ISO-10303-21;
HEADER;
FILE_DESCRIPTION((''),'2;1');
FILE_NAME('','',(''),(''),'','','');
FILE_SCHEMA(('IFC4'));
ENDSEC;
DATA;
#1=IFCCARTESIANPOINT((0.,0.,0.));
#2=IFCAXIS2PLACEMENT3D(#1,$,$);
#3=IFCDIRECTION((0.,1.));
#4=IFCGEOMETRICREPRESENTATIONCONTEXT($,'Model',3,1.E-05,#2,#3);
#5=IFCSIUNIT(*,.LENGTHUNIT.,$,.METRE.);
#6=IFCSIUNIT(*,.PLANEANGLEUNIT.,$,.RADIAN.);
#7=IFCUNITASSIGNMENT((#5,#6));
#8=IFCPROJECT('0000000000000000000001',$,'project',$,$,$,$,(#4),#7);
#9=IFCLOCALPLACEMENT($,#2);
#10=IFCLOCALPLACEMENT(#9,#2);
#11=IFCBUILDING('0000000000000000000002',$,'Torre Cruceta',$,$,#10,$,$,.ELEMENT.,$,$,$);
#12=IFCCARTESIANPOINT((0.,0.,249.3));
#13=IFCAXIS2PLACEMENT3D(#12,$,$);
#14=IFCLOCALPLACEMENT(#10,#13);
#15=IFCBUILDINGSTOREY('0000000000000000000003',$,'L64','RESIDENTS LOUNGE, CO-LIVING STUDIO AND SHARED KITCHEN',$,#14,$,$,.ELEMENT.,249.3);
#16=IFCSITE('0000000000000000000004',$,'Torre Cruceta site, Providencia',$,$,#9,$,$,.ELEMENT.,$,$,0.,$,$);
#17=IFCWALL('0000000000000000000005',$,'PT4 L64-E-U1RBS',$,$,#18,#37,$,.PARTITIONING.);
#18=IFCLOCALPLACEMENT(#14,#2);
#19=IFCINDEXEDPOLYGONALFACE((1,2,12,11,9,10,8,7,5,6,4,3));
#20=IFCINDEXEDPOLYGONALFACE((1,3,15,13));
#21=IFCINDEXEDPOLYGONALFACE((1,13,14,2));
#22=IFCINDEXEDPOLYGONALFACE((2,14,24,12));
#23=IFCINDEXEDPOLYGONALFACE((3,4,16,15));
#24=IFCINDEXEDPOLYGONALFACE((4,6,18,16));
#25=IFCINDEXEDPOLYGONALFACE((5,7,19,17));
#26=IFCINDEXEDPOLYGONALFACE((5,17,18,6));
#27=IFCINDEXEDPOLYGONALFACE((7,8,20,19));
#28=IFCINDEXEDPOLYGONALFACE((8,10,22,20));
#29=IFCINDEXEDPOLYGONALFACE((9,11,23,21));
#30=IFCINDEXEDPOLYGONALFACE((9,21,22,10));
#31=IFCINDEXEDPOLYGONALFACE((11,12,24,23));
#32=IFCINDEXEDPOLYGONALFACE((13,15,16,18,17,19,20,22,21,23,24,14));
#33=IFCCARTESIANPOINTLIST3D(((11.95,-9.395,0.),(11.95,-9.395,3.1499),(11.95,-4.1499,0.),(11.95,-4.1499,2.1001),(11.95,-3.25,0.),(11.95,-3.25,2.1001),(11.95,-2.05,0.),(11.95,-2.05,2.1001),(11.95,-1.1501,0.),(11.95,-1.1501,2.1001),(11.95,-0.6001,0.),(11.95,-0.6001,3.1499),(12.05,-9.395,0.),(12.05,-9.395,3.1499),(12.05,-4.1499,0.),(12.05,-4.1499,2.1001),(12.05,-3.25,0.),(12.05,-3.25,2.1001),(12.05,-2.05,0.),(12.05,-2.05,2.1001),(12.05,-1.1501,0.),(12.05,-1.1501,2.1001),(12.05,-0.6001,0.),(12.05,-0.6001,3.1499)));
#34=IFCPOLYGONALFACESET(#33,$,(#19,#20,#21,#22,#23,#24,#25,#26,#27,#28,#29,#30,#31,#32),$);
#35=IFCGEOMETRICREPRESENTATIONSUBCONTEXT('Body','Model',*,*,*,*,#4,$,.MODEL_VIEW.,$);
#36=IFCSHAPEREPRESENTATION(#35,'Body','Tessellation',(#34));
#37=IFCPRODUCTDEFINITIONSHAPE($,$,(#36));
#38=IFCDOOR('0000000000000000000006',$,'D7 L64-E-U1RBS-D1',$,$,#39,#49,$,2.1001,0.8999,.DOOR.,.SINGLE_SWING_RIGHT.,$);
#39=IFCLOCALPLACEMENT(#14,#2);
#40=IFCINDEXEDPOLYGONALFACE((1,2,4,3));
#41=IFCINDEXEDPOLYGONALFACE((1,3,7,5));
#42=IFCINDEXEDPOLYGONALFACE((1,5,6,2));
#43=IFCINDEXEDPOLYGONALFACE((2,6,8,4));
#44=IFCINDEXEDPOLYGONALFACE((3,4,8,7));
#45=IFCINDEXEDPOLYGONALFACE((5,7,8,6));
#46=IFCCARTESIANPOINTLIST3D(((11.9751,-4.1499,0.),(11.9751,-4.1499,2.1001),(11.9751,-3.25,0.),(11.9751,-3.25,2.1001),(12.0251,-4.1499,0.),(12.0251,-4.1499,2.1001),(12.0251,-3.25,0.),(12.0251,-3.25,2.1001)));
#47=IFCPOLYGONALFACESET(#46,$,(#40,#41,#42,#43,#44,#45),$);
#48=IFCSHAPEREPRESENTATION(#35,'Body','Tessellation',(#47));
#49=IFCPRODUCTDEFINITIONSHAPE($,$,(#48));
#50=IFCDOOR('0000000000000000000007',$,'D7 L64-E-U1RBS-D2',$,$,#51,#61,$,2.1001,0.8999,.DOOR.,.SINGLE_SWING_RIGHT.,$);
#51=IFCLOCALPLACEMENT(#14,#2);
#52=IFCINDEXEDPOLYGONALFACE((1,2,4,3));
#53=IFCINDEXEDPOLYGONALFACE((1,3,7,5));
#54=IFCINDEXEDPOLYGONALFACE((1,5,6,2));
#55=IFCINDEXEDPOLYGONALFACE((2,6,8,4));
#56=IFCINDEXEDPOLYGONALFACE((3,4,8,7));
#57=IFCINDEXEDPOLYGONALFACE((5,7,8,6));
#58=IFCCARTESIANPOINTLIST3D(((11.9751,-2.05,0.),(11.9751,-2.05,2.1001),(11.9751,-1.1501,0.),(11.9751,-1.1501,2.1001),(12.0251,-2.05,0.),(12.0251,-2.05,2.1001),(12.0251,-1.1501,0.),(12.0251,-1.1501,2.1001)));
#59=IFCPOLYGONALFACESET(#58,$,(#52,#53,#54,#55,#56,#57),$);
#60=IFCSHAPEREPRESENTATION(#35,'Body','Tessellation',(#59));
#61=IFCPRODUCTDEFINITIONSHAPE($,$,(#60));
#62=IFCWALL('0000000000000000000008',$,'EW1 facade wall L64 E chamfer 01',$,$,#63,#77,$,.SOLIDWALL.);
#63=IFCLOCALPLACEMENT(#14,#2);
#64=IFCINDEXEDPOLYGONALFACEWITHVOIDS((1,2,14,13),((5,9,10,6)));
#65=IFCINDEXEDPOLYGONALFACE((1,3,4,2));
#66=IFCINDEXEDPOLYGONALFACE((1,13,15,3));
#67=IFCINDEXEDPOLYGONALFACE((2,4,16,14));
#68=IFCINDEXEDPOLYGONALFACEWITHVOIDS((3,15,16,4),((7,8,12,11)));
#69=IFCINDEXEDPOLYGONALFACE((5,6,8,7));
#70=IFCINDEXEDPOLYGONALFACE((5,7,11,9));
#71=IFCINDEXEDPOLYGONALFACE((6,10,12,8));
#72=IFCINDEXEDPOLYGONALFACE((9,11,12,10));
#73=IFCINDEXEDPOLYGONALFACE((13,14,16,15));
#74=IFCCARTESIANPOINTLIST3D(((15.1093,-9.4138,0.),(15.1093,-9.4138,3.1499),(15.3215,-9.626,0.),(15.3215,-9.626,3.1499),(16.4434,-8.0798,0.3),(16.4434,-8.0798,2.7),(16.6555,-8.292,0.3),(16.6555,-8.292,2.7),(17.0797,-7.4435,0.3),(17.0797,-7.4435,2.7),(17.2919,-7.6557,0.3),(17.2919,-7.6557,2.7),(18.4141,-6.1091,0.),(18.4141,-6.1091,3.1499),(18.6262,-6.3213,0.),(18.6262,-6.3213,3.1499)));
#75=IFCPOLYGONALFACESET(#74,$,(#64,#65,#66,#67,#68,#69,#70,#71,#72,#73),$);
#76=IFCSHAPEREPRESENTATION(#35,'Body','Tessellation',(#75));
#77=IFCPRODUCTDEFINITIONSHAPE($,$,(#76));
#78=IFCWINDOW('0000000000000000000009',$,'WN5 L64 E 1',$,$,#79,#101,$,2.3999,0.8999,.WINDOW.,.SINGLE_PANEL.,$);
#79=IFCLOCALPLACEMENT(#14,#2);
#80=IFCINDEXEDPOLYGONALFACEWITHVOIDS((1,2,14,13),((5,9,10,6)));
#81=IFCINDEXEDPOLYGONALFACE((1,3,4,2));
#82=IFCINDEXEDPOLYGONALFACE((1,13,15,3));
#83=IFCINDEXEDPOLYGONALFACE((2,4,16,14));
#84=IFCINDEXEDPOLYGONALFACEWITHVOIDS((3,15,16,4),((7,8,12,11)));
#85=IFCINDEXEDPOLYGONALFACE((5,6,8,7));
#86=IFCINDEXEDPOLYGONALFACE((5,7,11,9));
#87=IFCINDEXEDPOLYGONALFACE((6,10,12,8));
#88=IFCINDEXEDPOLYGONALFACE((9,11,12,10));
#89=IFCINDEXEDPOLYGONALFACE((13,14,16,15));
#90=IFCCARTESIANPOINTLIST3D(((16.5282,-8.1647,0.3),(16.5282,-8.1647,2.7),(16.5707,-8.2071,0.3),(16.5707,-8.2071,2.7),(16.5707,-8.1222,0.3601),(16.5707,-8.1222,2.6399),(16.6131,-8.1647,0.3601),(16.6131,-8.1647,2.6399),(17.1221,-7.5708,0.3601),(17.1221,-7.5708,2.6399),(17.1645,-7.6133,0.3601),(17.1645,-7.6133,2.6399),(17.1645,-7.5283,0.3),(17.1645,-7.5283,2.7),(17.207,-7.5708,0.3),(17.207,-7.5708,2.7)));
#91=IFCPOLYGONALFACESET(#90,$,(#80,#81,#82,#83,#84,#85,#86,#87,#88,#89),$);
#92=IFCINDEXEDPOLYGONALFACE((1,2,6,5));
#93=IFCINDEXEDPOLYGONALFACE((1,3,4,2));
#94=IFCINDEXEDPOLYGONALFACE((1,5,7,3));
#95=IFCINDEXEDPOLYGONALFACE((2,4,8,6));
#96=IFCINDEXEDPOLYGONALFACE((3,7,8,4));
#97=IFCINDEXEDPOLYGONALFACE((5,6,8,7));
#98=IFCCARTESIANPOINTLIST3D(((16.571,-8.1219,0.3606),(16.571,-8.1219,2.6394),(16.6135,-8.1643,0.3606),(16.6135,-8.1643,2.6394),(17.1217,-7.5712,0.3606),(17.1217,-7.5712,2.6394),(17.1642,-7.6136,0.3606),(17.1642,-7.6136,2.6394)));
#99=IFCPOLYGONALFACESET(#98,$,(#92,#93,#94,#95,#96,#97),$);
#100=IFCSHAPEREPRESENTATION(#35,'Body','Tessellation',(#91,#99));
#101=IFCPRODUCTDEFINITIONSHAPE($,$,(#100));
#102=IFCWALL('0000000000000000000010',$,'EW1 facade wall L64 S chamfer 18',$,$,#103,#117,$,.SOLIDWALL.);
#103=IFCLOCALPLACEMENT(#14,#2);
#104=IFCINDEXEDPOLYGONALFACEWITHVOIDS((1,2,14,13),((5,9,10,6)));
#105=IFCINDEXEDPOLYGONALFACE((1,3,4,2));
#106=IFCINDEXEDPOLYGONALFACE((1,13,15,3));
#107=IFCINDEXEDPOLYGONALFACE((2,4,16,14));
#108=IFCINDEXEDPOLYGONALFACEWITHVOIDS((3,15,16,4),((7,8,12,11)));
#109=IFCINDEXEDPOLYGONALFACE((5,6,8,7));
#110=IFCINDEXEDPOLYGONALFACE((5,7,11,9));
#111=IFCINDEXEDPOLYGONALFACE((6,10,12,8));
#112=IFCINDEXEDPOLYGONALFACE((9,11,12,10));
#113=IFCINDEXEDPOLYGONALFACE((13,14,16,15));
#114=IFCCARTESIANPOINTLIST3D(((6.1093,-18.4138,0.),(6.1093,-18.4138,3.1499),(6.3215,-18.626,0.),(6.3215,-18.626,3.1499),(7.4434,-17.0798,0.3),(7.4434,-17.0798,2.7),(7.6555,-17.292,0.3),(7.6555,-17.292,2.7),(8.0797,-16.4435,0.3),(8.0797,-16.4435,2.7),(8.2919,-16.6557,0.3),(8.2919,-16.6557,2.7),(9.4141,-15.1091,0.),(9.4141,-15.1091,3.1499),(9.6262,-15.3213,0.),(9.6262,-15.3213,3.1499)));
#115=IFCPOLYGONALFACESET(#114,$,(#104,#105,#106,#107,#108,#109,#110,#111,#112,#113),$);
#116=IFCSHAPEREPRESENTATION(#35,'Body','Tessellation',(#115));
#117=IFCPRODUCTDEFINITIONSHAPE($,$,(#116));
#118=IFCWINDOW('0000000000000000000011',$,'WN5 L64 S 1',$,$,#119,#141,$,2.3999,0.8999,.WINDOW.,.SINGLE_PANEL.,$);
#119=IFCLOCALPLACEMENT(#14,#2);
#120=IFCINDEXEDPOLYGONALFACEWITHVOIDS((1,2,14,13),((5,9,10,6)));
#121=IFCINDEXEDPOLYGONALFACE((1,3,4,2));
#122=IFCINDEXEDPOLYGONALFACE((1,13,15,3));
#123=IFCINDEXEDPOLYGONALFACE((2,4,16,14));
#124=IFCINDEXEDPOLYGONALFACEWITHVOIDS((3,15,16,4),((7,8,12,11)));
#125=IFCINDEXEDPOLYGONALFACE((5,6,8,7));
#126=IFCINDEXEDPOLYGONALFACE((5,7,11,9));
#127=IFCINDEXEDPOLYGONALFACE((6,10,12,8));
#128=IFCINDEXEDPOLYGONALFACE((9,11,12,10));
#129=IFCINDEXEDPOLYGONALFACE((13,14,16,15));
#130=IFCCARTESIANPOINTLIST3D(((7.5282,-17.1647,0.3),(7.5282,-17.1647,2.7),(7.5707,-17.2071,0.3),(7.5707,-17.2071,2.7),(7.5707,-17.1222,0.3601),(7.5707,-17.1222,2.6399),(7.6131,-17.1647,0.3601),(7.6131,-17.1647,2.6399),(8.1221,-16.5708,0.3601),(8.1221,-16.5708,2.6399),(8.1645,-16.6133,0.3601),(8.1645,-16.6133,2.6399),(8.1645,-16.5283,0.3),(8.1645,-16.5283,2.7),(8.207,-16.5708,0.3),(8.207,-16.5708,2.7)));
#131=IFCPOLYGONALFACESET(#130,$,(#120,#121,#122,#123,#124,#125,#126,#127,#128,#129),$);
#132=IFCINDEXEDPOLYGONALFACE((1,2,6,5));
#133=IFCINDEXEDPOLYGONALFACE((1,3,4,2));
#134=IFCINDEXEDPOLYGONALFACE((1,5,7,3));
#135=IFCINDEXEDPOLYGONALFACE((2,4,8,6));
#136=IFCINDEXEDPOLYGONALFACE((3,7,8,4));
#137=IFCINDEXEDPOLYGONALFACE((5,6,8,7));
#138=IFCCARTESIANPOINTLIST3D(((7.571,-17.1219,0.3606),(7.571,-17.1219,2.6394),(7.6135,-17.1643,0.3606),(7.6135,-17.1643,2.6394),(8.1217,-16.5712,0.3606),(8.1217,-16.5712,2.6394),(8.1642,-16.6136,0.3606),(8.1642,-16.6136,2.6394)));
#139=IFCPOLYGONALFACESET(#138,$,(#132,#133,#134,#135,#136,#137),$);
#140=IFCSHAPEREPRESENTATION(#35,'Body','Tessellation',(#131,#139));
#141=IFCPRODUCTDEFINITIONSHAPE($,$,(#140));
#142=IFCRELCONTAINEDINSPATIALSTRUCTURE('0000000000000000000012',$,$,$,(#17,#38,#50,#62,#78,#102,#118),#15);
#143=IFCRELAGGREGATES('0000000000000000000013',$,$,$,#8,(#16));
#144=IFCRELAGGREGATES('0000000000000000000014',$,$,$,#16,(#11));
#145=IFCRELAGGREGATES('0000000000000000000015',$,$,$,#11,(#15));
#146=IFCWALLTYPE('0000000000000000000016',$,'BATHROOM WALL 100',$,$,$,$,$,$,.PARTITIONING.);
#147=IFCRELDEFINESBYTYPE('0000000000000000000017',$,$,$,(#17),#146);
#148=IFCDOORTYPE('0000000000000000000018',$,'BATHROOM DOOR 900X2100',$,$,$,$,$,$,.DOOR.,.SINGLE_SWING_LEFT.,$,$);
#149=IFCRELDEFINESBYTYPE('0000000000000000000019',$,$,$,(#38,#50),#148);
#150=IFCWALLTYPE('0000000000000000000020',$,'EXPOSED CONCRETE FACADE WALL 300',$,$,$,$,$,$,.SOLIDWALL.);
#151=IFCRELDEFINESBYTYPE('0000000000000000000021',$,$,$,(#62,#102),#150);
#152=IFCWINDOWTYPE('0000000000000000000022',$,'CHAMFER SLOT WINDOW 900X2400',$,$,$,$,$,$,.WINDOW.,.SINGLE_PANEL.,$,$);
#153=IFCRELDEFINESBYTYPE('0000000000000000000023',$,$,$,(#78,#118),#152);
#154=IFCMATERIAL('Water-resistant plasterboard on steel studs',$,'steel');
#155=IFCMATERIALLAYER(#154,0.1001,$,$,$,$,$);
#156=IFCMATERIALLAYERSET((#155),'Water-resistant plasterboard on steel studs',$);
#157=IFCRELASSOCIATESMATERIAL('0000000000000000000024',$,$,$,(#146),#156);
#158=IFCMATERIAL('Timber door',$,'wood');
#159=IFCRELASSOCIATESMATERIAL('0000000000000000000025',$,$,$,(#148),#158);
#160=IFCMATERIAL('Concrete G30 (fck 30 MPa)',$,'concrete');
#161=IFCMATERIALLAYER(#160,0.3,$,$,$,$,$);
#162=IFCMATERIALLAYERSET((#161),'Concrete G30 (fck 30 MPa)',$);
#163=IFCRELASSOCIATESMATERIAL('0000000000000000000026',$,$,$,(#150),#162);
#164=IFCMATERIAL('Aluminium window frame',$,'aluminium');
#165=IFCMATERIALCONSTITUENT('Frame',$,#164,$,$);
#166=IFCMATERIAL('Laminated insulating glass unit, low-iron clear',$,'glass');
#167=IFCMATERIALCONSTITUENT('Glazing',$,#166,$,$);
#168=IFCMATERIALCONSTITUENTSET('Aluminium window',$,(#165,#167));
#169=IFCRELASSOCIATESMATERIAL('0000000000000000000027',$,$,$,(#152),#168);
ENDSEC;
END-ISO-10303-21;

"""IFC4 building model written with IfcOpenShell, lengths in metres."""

from ifc_helpers import new_model, si_unit, direction, frame, frame_2d, origin, place, context, subcontext, project, spatial, rectangle, hollow_rectangle, extrude, material, layer, layer_set, constituent, constituent_set, type_object, element, fill, save


model = new_model("IFC4")

# Units and contexts
model_context = context("Model", 3, precision=1e-05, world=origin(), true_north=direction((0.0, 1.0)))
body_context = subcontext(model_context, "Body", "Model", "MODEL_VIEW")
ifc_project = project(units=[si_unit("LENGTHUNIT", "METRE"), si_unit("PLANEANGLEUNIT", "RADIAN")], contexts=[model_context])

# Site, building, storey
site_placement = place(None, origin())
site = spatial("IfcSite", under=ifc_project, at=site_placement, Name="Torre Cruceta site, Providencia", CompositionType="ELEMENT", RefElevation=0.0)
building_placement = place(site_placement, origin())
building = spatial("IfcBuilding", under=site, at=building_placement, Name="Torre Cruceta", CompositionType="ELEMENT")
storey_placement = place(building_placement, frame((0.0, 0.0, 249.3)))
storey = spatial("IfcBuildingStorey", under=building, at=storey_placement, Name="L64", Description="RESIDENTS LOUNGE, CO-LIVING STUDIO AND SHARED KITCHEN", CompositionType="ELEMENT", Elevation=249.3)

# Wall, openings, doors
ifc_material_1 = material(Name="Water-resistant plasterboard on steel studs", Category="steel")
ifc_layer_1 = layer(ifc_material_1, 0.1001)
ifc_layer_set_1 = layer_set([ifc_layer_1], Name="Water-resistant plasterboard on steel studs")
wall_type_1 = type_object("IfcWallType", Name="BATHROOM WALL 100", PredefinedType="PARTITIONING", material=ifc_layer_set_1)
wall_1_placement = place(storey_placement, frame((12.0, -9.395, 0.0), z_axis=(0.0, 0.0, 1.0), x_axis=(0.0, 1.0, 0.0)))
wall_1 = element("IfcWall", 1, at=wall_1_placement, inside=storey, type_object=wall_type_1, Name="PT4 L64-E-U1RBS", PredefinedType="PARTITIONING", context=body_context, shape_type="SweptSolid", body=[
    extrude(rectangle(XDim=8.7949, YDim=0.1001, at=frame_2d((4.3975, 0.0))), origin(), (0.0, 0.0, 1.0), 3.1499),
])
opening_1_placement = place(wall_1_placement, frame((5.2451, 0.0, 0.0)))
opening_1 = element("IfcOpeningElement", 2, at=opening_1_placement, cuts=wall_1, PredefinedType="OPENING", context=body_context, shape_type="SweptSolid", body=[
    extrude(rectangle(XDim=0.8999, YDim=2.1001, at=frame_2d((0.45, 1.05))), frame((0.0, 0.0601, 0.0), z_axis=(0.0, -1.0, 0.0), x_axis=(1.0, 0.0, 0.0)), (0.0, 0.0, 1.0), 0.1201),
])
opening_2_placement = place(wall_1_placement, frame((7.345, 0.0, 0.0)))
opening_2 = element("IfcOpeningElement", 3, at=opening_2_placement, cuts=wall_1, PredefinedType="OPENING", context=body_context, shape_type="SweptSolid", body=[
    extrude(rectangle(XDim=0.8999, YDim=2.1001, at=frame_2d((0.45, 1.05))), frame((0.0, 0.0601, 0.0), z_axis=(0.0, -1.0, 0.0), x_axis=(1.0, 0.0, 0.0)), (0.0, 0.0, 1.0), 0.1201),
])
ifc_material_2 = material(Name="Timber door", Category="wood")
door_type_1 = type_object("IfcDoorType", Name="BATHROOM DOOR 900X2100", OperationType="SINGLE_SWING_LEFT", PredefinedType="DOOR", material=ifc_material_2)
door_1_placement = place(opening_1_placement, origin())
door_1 = element("IfcDoor", 4, at=door_1_placement, inside=storey, type_object=door_type_1, Name="D7 L64-E-U1RBS-D1", OperationType="SINGLE_SWING_RIGHT", OverallHeight=2.1001, OverallWidth=0.8999, PredefinedType="DOOR", context=body_context, shape_type="SweptSolid", body=[
    extrude(rectangle(XDim=0.8999, YDim=2.1001, at=frame_2d((0.45, 1.05))), frame((0.0, 0.0249, 0.0), z_axis=(0.0, -1.0, 0.0), x_axis=(1.0, 0.0, 0.0)), (0.0, 0.0, 1.0), 0.05),
])
fill(opening_1, door_1)
door_2_placement = place(opening_2_placement, origin())
door_2 = element("IfcDoor", 5, at=door_2_placement, inside=storey, type_object=door_type_1, Name="D7 L64-E-U1RBS-D2", OperationType="SINGLE_SWING_RIGHT", OverallHeight=2.1001, OverallWidth=0.8999, PredefinedType="DOOR", context=body_context, shape_type="SweptSolid", body=[
    extrude(rectangle(XDim=0.8999, YDim=2.1001, at=frame_2d((0.45, 1.05))), frame((0.0, 0.0249, 0.0), z_axis=(0.0, -1.0, 0.0), x_axis=(1.0, 0.0, 0.0)), (0.0, 0.0, 1.0), 0.05),
])
fill(opening_2, door_2)

# Walls, openings, windows
ifc_material_3 = material(Name="Concrete G30 (fck 30 MPa)", Category="concrete")
ifc_layer_2 = layer(ifc_material_3, 0.3)
ifc_layer_set_2 = layer_set([ifc_layer_2], Name="Concrete G30 (fck 30 MPa)")
wall_type_2 = type_object("IfcWallType", Name="EXPOSED CONCRETE FACADE WALL 300", PredefinedType="SOLIDWALL", material=ifc_layer_set_2)
wall_2_placement = place(storey_placement, frame((15.2153, -9.52, 0.0), z_axis=(0.0, 0.0, 1.0), x_axis=(0.707107, 0.707107, 0.0)))
wall_2 = element("IfcWall", 6, at=wall_2_placement, inside=storey, type_object=wall_type_2, Name="EW1 facade wall L64 E chamfer 01", PredefinedType="SOLIDWALL", context=body_context, shape_type="SweptSolid", body=[
    extrude(rectangle(XDim=4.6736, YDim=0.3, at=frame_2d((2.3369, 0.0))), origin(), (0.0, 0.0, 1.0), 3.1499),
])
opening_3_placement = place(wall_2_placement, frame((1.8867, 0.0, 0.3)))
opening_3 = element("IfcOpeningElement", 7, at=opening_3_placement, cuts=wall_2, PredefinedType="OPENING", context=body_context, shape_type="SweptSolid", body=[
    extrude(rectangle(XDim=0.8999, YDim=2.3999, at=frame_2d((0.45, 1.2))), frame((0.0, 0.1599, 0.0), z_axis=(0.0, -1.0, 0.0), x_axis=(1.0, 0.0, 0.0)), (0.0, 0.0, 1.0), 0.3201),
])
ifc_material_4 = material(Name="Aluminium window frame", Category="aluminium")
ifc_constituent_1 = constituent(ifc_material_4, Name="Frame")
ifc_material_5 = material(Name="Laminated insulating glass unit, low-iron clear", Category="glass")
ifc_constituent_2 = constituent(ifc_material_5, Name="Glazing")
ifc_constituent_set_1 = constituent_set(constituents=[ifc_constituent_1, ifc_constituent_2], Name="Aluminium window")
window_type = type_object("IfcWindowType", Name="CHAMFER SLOT WINDOW 900X2400", PartitioningType="SINGLE_PANEL", PredefinedType="WINDOW", material=ifc_constituent_set_1)
window_1_placement = place(opening_3_placement, origin())
window_1 = element("IfcWindow", 8, at=window_1_placement, inside=storey, type_object=window_type, Name="WN5 L64 E 1", OverallHeight=2.3999, OverallWidth=0.8999, PartitioningType="SINGLE_PANEL", PredefinedType="WINDOW", context=body_context, shape_type="SweptSolid", body=[
    extrude(hollow_rectangle(XDim=0.8999, YDim=2.3999, WallThickness=0.0601, at=frame_2d((0.45, 1.2))), frame((0.0, 0.03, 0.0), z_axis=(0.0, -1.0, 0.0), x_axis=(1.0, 0.0, 0.0)), (0.0, 0.0, 1.0), 0.0601),
    extrude(rectangle(XDim=0.7788, YDim=2.2788, at=frame_2d((0.45, 1.2))), frame((0.0, 0.03, 0.0), z_axis=(0.0, -1.0, 0.0), x_axis=(1.0, 0.0, 0.0)), (0.0, 0.0, 1.0), 0.0601),
])
fill(opening_3, window_1)
wall_3_placement = place(storey_placement, frame((6.2153, -18.52, 0.0), z_axis=(0.0, 0.0, 1.0), x_axis=(0.707107, 0.707107, 0.0)))
wall_3 = element("IfcWall", 9, at=wall_3_placement, inside=storey, type_object=wall_type_2, Name="EW1 facade wall L64 S chamfer 18", PredefinedType="SOLIDWALL", context=body_context, shape_type="SweptSolid", body=[
    extrude(rectangle(XDim=4.6736, YDim=0.3, at=frame_2d((2.3369, 0.0))), origin(), (0.0, 0.0, 1.0), 3.1499),
])
opening_4_placement = place(wall_3_placement, frame((1.8867, 0.0, 0.3)))
opening_4 = element("IfcOpeningElement", 10, at=opening_4_placement, cuts=wall_3, PredefinedType="OPENING", context=body_context, shape_type="SweptSolid", body=[
    extrude(rectangle(XDim=0.8999, YDim=2.3999, at=frame_2d((0.45, 1.2))), frame((0.0, 0.1599, 0.0), z_axis=(0.0, -1.0, 0.0), x_axis=(1.0, 0.0, 0.0)), (0.0, 0.0, 1.0), 0.3201),
])
window_2_placement = place(opening_4_placement, origin())
window_2 = element("IfcWindow", 11, at=window_2_placement, inside=storey, type_object=window_type, Name="WN5 L64 S 1", OverallHeight=2.3999, OverallWidth=0.8999, PartitioningType="SINGLE_PANEL", PredefinedType="WINDOW", context=body_context, shape_type="SweptSolid", body=[
    extrude(hollow_rectangle(XDim=0.8999, YDim=2.3999, WallThickness=0.0601, at=frame_2d((0.45, 1.2))), frame((0.0, 0.03, 0.0), z_axis=(0.0, -1.0, 0.0), x_axis=(1.0, 0.0, 0.0)), (0.0, 0.0, 1.0), 0.0601),
    extrude(rectangle(XDim=0.7788, YDim=2.2788, at=frame_2d((0.45, 1.2))), frame((0.0, 0.03, 0.0), z_axis=(0.0, -1.0, 0.0), x_axis=(1.0, 0.0, 0.0)), (0.0, 0.0, 1.0), 0.0601),
])
fill(opening_4, window_2)

save(model, "model.ifc")
